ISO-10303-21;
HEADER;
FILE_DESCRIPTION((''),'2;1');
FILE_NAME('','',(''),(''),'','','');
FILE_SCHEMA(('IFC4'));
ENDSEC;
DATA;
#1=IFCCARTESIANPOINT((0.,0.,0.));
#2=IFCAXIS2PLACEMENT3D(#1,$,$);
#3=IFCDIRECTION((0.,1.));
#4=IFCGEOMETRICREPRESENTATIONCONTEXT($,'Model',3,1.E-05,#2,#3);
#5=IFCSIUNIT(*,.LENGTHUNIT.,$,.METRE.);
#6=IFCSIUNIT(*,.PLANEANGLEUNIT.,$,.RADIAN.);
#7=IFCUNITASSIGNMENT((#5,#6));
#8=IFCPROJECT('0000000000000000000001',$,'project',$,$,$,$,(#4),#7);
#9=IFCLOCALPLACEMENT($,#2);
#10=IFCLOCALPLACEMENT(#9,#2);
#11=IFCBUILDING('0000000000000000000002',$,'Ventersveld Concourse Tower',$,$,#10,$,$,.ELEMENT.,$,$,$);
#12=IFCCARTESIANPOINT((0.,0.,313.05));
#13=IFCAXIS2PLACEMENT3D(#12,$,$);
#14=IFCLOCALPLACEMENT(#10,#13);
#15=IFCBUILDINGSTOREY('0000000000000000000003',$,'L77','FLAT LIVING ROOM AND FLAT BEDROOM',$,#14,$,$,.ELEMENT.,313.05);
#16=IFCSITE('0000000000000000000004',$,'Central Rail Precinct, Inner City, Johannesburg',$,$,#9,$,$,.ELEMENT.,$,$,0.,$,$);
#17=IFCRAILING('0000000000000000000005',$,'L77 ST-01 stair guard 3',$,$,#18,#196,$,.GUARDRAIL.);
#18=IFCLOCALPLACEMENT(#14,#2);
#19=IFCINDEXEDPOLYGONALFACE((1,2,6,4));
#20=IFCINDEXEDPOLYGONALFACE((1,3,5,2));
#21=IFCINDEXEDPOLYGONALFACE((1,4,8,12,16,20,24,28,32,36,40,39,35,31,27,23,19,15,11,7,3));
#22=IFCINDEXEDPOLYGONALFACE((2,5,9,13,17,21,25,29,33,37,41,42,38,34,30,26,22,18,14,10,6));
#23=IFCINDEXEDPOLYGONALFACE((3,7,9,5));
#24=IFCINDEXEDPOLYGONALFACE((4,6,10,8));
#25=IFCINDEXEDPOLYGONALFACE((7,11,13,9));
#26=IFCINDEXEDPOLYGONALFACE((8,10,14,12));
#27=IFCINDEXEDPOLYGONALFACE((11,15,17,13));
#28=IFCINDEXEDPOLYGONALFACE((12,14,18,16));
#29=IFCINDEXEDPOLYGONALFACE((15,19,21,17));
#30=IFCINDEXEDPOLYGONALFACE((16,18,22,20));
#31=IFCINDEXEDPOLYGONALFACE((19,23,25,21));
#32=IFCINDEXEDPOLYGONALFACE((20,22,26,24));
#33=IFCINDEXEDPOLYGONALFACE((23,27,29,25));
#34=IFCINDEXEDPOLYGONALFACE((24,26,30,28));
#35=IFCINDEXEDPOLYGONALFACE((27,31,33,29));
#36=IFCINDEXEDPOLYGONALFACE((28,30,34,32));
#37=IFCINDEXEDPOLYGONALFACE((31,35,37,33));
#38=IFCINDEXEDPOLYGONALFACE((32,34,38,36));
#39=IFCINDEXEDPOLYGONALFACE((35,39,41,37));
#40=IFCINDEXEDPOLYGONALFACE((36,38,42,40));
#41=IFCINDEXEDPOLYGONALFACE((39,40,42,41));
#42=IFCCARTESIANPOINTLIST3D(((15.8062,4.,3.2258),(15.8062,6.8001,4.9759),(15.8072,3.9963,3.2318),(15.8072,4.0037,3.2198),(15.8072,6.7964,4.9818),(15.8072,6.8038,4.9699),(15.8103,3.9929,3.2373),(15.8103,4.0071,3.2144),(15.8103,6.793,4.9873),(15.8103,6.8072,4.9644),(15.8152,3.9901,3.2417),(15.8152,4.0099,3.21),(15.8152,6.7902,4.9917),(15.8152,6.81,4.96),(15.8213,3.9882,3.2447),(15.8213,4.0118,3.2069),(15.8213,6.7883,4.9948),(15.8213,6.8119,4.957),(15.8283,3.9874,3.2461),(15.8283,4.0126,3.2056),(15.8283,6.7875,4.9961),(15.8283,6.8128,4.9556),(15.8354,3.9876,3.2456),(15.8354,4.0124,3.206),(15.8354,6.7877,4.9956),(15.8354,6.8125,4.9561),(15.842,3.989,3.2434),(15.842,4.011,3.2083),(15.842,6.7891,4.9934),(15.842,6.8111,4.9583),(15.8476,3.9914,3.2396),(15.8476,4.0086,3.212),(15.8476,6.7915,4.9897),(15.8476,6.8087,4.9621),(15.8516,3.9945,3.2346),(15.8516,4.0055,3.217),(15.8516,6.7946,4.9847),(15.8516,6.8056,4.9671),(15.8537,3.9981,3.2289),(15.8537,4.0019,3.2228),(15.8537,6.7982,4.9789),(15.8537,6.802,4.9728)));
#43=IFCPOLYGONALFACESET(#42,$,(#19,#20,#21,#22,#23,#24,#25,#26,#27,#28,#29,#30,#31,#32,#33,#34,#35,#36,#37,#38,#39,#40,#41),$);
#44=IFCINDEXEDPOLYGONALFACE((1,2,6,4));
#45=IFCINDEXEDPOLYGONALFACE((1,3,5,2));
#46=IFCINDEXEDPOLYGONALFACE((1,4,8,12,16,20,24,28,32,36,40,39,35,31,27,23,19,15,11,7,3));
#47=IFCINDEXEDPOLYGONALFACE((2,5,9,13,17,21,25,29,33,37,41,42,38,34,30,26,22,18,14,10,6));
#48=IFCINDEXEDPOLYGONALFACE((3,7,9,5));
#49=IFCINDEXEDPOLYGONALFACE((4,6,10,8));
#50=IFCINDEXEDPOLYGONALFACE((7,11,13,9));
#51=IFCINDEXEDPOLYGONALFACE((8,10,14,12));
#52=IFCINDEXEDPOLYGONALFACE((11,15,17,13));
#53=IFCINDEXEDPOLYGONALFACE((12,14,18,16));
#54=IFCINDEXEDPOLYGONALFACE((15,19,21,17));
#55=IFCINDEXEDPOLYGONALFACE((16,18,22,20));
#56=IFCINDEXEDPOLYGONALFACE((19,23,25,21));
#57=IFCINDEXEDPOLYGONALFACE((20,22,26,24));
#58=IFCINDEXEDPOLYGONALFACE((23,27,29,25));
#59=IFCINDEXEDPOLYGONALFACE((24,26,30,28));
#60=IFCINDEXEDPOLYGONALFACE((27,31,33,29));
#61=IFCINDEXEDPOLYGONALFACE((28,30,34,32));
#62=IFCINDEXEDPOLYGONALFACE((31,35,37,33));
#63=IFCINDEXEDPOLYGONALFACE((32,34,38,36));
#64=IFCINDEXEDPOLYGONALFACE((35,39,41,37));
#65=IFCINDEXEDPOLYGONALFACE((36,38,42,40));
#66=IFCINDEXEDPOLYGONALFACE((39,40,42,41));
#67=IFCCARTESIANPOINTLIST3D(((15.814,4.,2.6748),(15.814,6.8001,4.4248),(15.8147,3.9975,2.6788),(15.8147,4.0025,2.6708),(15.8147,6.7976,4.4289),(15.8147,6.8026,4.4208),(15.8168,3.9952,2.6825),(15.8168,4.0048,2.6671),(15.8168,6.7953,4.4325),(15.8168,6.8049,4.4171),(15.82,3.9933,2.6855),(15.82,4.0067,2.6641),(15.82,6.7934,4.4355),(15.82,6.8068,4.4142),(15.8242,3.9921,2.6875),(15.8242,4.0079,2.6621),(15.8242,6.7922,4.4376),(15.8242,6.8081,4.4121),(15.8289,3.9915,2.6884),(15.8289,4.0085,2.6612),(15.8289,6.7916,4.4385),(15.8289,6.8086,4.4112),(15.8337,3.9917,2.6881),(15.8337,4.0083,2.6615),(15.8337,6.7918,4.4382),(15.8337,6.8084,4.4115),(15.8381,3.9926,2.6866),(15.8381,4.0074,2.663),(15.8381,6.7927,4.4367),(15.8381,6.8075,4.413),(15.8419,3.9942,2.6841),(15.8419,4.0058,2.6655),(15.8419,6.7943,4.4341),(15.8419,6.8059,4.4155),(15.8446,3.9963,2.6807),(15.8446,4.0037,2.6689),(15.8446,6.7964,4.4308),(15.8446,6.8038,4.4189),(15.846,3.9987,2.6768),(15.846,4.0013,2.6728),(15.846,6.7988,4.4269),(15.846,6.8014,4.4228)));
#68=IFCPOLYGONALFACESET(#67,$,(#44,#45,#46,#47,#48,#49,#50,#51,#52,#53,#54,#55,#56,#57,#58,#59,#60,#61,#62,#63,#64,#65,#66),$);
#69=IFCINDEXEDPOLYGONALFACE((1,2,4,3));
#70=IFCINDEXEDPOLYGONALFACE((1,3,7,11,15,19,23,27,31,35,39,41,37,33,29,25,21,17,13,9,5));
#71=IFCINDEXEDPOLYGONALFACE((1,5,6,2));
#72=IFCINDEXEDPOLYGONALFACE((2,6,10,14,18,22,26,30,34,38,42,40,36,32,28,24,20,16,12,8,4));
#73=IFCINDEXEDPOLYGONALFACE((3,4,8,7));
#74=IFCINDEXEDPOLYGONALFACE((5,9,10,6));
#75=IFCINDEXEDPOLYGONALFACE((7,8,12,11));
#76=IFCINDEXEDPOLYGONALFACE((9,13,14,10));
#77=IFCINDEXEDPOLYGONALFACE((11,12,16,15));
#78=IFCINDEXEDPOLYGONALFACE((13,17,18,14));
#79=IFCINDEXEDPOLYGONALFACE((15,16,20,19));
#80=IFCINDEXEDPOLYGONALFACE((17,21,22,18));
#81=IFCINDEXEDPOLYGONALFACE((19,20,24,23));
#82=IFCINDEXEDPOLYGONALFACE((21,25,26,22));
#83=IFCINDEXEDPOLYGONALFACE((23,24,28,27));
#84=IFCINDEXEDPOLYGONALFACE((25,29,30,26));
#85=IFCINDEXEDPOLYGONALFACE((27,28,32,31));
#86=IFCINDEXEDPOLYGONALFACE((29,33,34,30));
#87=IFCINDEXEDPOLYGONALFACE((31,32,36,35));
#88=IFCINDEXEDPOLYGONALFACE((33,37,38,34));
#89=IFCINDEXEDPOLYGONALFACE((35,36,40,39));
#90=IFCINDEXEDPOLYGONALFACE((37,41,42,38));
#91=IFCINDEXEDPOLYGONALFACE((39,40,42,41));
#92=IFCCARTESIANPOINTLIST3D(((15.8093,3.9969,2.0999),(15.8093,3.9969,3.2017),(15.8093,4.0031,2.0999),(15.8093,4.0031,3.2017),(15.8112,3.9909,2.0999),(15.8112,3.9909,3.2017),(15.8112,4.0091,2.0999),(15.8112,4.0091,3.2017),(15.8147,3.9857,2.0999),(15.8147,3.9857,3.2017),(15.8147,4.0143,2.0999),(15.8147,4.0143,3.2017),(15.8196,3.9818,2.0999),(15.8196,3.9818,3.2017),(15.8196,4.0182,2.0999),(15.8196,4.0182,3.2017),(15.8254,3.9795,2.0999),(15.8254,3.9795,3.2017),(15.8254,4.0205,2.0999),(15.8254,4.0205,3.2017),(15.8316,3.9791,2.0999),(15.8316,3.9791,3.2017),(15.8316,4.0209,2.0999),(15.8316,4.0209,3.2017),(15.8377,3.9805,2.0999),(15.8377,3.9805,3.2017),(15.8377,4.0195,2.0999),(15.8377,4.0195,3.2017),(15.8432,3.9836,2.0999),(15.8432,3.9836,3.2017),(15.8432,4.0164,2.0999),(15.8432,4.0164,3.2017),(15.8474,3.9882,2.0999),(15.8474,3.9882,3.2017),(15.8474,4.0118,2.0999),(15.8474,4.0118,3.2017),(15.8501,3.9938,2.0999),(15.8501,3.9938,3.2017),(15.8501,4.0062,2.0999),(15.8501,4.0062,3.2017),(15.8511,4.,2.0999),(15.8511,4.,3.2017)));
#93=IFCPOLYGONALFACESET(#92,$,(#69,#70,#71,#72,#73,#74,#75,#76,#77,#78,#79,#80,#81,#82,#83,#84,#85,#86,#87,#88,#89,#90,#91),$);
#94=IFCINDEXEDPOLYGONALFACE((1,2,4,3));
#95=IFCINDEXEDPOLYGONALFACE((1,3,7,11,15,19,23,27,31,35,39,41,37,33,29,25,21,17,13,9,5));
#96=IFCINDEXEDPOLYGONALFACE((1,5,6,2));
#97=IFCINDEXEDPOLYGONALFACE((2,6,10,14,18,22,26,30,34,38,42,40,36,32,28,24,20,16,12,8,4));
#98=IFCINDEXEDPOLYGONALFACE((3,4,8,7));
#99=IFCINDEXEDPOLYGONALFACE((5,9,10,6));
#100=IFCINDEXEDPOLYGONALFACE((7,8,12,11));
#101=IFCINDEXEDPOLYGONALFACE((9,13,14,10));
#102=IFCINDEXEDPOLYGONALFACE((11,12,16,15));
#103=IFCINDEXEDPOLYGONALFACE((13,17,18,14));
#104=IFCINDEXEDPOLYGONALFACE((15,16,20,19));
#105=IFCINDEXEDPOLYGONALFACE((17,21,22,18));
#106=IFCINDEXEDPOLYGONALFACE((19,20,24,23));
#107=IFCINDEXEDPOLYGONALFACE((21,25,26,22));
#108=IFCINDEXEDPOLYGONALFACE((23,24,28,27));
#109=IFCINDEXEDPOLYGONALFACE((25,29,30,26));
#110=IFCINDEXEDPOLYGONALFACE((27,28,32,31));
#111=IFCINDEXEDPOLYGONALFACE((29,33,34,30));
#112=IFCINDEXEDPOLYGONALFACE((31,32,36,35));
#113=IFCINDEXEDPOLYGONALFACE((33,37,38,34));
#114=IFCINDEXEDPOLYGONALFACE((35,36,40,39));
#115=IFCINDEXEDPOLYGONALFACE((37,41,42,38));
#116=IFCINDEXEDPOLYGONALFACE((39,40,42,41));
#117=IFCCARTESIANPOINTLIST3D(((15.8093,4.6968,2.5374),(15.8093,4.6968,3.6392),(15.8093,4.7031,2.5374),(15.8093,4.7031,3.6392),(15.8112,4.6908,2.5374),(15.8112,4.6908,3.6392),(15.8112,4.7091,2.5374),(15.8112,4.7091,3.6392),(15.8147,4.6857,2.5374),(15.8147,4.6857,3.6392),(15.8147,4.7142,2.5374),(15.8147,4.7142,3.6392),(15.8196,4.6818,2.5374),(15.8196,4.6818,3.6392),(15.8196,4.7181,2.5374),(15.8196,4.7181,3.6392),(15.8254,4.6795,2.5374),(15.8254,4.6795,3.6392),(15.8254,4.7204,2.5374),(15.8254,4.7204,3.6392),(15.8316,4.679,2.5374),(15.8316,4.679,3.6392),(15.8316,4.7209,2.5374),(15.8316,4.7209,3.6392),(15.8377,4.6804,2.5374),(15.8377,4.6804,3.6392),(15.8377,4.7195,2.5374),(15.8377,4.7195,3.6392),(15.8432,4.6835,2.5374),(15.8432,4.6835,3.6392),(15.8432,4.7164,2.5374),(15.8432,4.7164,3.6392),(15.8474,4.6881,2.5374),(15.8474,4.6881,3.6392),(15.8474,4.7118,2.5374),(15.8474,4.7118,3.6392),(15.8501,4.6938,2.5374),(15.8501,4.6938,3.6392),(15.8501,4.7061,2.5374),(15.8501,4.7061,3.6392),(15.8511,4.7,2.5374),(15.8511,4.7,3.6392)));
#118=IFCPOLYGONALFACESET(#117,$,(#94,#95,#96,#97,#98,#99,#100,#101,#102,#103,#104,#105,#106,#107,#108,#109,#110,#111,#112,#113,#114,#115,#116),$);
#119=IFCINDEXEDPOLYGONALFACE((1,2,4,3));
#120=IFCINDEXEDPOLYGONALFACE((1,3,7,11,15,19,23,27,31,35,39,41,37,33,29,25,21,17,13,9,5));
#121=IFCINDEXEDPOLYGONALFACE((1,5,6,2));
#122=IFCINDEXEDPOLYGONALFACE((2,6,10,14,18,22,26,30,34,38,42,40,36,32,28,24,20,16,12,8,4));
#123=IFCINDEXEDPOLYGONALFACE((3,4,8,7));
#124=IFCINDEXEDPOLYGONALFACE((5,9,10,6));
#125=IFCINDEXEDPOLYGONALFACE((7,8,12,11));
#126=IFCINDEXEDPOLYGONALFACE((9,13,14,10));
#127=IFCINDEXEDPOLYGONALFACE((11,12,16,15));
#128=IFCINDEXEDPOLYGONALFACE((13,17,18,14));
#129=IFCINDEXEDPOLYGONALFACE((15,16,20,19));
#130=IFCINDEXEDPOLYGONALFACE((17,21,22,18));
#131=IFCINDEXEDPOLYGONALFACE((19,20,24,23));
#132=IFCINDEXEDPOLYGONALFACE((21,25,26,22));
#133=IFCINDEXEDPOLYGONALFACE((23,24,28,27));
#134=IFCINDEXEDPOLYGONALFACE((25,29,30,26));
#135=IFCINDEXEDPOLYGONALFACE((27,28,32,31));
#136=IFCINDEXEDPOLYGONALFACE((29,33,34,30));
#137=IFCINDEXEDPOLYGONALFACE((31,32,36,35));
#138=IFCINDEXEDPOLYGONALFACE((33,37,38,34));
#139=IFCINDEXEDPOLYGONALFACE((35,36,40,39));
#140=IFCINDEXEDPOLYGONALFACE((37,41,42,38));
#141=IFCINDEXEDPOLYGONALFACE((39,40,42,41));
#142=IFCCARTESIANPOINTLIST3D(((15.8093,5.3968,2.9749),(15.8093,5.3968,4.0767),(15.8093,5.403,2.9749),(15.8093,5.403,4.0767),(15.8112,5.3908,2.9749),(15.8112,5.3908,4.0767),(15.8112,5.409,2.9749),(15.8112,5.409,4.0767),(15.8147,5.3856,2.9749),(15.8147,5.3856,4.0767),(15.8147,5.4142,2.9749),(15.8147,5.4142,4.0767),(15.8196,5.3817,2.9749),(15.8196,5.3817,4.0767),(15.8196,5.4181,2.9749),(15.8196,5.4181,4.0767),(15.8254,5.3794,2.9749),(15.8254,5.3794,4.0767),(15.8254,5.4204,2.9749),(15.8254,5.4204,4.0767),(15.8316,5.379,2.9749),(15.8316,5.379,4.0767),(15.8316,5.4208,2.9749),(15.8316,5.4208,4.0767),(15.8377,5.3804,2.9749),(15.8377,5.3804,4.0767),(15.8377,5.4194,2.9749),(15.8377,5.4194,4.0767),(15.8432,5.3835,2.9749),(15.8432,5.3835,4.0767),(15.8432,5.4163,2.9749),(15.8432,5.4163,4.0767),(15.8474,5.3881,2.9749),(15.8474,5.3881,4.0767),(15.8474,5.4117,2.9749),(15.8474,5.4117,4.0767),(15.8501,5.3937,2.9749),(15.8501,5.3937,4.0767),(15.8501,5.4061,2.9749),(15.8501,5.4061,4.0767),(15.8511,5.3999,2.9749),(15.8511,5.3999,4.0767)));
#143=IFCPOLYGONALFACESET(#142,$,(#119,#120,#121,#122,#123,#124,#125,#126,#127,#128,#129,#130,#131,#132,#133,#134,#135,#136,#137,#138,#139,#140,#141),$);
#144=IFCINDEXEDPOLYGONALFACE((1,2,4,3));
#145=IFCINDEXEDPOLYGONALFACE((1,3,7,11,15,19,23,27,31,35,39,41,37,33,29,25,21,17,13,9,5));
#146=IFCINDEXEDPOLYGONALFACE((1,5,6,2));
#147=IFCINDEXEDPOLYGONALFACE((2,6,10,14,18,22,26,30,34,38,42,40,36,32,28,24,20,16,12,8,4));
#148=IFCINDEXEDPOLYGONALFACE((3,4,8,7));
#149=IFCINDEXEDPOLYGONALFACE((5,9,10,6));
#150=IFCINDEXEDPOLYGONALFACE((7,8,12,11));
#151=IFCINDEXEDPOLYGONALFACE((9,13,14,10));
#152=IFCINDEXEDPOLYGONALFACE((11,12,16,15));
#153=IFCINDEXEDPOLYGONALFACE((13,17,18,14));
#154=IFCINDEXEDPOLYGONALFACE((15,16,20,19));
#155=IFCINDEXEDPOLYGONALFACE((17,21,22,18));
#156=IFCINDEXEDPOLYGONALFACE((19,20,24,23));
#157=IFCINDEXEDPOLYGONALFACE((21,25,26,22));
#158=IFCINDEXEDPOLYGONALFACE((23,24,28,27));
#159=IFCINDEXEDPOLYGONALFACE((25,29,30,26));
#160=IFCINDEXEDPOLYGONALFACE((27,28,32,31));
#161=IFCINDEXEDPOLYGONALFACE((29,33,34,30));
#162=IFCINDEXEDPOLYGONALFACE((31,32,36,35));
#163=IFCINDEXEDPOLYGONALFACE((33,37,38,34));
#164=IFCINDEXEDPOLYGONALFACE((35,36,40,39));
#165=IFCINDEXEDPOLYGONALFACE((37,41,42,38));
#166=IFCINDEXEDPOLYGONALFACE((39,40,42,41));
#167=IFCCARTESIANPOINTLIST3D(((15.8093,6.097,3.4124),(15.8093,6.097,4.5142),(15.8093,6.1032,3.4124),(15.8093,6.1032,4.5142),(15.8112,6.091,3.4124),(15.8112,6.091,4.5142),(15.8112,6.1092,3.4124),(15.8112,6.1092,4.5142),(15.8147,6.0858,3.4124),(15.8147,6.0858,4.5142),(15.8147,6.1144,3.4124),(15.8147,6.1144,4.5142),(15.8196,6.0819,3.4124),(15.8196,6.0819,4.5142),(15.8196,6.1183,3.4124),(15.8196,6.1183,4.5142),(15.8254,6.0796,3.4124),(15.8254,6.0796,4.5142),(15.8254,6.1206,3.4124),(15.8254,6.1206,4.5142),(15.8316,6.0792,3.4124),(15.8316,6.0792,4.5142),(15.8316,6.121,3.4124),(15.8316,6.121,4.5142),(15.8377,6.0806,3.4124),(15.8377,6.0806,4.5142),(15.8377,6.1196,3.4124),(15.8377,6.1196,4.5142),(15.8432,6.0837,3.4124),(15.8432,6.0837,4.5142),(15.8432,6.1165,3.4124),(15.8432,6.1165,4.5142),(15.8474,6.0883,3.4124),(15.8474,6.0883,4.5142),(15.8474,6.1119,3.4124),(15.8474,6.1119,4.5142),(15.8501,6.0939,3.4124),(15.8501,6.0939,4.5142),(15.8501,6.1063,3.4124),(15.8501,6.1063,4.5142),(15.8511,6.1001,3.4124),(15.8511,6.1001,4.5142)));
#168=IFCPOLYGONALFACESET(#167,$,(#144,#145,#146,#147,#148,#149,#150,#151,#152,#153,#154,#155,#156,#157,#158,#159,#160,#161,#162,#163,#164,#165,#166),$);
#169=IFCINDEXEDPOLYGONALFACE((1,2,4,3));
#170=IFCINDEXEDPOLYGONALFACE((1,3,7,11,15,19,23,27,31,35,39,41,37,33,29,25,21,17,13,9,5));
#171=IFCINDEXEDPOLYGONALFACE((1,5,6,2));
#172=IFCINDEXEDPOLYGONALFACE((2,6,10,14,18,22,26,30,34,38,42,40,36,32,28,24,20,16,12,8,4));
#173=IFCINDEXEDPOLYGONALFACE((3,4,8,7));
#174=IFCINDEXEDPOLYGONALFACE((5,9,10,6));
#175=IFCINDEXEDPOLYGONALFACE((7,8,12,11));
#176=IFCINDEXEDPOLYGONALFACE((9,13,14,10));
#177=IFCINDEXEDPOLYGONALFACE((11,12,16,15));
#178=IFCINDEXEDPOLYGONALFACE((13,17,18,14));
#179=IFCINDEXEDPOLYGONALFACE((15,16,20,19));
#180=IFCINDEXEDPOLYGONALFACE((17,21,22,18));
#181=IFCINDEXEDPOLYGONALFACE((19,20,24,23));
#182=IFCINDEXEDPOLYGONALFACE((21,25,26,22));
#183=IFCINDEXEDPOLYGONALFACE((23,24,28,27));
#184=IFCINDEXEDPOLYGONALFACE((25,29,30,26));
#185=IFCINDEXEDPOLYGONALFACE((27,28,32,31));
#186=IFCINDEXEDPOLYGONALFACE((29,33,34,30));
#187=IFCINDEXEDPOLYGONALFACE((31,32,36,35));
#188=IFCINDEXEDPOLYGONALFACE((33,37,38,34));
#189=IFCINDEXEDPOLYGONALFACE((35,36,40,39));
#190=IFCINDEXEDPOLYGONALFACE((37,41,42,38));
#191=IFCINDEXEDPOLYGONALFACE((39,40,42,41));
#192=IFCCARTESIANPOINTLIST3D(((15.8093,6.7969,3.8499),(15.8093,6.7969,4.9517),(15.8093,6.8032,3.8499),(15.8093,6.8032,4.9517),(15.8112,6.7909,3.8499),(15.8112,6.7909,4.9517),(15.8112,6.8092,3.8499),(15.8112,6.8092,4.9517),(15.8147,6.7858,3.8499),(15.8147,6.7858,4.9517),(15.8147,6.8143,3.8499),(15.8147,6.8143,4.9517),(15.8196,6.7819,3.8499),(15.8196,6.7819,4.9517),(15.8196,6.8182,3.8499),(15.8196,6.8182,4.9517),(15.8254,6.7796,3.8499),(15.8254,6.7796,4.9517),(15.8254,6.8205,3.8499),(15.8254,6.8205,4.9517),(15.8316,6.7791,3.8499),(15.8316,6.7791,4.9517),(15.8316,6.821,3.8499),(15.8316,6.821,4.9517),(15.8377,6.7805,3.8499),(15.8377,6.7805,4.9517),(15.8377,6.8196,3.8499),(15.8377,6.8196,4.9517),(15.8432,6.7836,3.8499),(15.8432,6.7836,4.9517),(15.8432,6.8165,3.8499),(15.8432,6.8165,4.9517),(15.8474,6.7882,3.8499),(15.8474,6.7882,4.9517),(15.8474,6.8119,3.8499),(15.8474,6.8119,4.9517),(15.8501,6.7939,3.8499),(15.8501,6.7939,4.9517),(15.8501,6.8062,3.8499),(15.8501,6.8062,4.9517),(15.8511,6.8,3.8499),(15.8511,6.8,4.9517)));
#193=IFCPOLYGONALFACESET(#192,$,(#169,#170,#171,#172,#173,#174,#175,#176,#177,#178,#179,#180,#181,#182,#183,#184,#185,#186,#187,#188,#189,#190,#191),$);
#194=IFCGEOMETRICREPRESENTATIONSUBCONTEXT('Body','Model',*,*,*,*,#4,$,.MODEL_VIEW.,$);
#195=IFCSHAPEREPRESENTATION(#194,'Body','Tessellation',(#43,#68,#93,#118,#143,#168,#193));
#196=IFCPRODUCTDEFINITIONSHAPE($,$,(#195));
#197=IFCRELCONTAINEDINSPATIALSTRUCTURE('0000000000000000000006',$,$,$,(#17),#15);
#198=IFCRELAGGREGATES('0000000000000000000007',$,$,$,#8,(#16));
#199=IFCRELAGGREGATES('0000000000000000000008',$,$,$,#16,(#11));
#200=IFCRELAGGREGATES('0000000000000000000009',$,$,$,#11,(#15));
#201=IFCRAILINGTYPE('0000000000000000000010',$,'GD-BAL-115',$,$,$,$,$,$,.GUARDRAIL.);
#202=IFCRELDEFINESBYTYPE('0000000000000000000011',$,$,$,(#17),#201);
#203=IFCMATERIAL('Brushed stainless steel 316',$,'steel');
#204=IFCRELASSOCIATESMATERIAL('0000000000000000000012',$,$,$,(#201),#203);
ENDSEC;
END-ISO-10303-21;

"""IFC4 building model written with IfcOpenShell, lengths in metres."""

from ifc_helpers import new_model, si_unit, direction, frame, origin, origin_2d, place, context, subcontext, project, spatial, circle, extrude, material, type_object, element, save


model = new_model("IFC4")

# Units and contexts
model_context = context("Model", 3, precision=1e-05, world=origin(), true_north=direction((0.0, 1.0)))
body_context = subcontext(model_context, "Body", "Model", "MODEL_VIEW")
ifc_project = project(units=[si_unit("LENGTHUNIT", "METRE"), si_unit("PLANEANGLEUNIT", "RADIAN")], contexts=[model_context])

# Site, building, storey
site_placement = place(None, origin())
site = spatial("IfcSite", under=ifc_project, at=site_placement, Name="Central Rail Precinct, Inner City, Johannesburg", CompositionType="ELEMENT", RefElevation=0.0)
building_placement = place(site_placement, origin())
building = spatial("IfcBuilding", under=site, at=building_placement, Name="Ventersveld Concourse Tower", CompositionType="ELEMENT")
storey_placement = place(building_placement, frame((0.0, 0.0, 313.05)))
storey = spatial("IfcBuildingStorey", under=building, at=storey_placement, Name="L77", Description="FLAT LIVING ROOM AND FLAT BEDROOM", CompositionType="ELEMENT", Elevation=313.05)

# Railing
ifc_material_1 = material(Name="Brushed stainless steel 316", Category="steel")
railing_type_1 = type_object("IfcRailingType", Name="GD-BAL-115", PredefinedType="GUARDRAIL", material=ifc_material_1)
railing_1_placement = place(storey_placement, frame((15.8301, 4.0, 2.0999)))
element("IfcRailing", 1, at=railing_1_placement, inside=storey, type_object=railing_type_1, Name="L77 ST-01 stair guard 3", PredefinedType="GUARDRAIL", context=body_context, shape_type="SweptSolid", body=[
    extrude(circle(Radius=0.0239, at=origin_2d()), frame((0.0, 0.0, 1.126), z_axis=(0.0, 0.848002, 0.529992), x_axis=(-1.0, 0.0, 0.0)), (0.0, 0.0, 1.0), 3.302),
    extrude(circle(Radius=0.0161, at=origin_2d()), frame((0.0, 0.0, 0.575), z_axis=(0.0, 0.848002, 0.529992), x_axis=(-1.0, 0.0, 0.0)), (0.0, 0.0, 1.0), 3.302),
    extrude(circle(Radius=0.021, at=origin_2d()), origin(), (0.0, 0.0, 1.0), 1.1018),
    extrude(circle(Radius=0.021, at=origin_2d()), frame((0.0, 0.7, 0.4375)), (0.0, 0.0, 1.0), 1.1018),
    extrude(circle(Radius=0.021, at=origin_2d()), frame((0.0, 1.3999, 0.875)), (0.0, 0.0, 1.0), 1.1018),
    extrude(circle(Radius=0.021, at=origin_2d()), frame((0.0, 2.1001, 1.3125)), (0.0, 0.0, 1.0), 1.1018),
    extrude(circle(Radius=0.021, at=origin_2d()), frame((0.0, 2.8, 1.75)), (0.0, 0.0, 1.0), 1.1018),
])

save(model, "model.ifc")
